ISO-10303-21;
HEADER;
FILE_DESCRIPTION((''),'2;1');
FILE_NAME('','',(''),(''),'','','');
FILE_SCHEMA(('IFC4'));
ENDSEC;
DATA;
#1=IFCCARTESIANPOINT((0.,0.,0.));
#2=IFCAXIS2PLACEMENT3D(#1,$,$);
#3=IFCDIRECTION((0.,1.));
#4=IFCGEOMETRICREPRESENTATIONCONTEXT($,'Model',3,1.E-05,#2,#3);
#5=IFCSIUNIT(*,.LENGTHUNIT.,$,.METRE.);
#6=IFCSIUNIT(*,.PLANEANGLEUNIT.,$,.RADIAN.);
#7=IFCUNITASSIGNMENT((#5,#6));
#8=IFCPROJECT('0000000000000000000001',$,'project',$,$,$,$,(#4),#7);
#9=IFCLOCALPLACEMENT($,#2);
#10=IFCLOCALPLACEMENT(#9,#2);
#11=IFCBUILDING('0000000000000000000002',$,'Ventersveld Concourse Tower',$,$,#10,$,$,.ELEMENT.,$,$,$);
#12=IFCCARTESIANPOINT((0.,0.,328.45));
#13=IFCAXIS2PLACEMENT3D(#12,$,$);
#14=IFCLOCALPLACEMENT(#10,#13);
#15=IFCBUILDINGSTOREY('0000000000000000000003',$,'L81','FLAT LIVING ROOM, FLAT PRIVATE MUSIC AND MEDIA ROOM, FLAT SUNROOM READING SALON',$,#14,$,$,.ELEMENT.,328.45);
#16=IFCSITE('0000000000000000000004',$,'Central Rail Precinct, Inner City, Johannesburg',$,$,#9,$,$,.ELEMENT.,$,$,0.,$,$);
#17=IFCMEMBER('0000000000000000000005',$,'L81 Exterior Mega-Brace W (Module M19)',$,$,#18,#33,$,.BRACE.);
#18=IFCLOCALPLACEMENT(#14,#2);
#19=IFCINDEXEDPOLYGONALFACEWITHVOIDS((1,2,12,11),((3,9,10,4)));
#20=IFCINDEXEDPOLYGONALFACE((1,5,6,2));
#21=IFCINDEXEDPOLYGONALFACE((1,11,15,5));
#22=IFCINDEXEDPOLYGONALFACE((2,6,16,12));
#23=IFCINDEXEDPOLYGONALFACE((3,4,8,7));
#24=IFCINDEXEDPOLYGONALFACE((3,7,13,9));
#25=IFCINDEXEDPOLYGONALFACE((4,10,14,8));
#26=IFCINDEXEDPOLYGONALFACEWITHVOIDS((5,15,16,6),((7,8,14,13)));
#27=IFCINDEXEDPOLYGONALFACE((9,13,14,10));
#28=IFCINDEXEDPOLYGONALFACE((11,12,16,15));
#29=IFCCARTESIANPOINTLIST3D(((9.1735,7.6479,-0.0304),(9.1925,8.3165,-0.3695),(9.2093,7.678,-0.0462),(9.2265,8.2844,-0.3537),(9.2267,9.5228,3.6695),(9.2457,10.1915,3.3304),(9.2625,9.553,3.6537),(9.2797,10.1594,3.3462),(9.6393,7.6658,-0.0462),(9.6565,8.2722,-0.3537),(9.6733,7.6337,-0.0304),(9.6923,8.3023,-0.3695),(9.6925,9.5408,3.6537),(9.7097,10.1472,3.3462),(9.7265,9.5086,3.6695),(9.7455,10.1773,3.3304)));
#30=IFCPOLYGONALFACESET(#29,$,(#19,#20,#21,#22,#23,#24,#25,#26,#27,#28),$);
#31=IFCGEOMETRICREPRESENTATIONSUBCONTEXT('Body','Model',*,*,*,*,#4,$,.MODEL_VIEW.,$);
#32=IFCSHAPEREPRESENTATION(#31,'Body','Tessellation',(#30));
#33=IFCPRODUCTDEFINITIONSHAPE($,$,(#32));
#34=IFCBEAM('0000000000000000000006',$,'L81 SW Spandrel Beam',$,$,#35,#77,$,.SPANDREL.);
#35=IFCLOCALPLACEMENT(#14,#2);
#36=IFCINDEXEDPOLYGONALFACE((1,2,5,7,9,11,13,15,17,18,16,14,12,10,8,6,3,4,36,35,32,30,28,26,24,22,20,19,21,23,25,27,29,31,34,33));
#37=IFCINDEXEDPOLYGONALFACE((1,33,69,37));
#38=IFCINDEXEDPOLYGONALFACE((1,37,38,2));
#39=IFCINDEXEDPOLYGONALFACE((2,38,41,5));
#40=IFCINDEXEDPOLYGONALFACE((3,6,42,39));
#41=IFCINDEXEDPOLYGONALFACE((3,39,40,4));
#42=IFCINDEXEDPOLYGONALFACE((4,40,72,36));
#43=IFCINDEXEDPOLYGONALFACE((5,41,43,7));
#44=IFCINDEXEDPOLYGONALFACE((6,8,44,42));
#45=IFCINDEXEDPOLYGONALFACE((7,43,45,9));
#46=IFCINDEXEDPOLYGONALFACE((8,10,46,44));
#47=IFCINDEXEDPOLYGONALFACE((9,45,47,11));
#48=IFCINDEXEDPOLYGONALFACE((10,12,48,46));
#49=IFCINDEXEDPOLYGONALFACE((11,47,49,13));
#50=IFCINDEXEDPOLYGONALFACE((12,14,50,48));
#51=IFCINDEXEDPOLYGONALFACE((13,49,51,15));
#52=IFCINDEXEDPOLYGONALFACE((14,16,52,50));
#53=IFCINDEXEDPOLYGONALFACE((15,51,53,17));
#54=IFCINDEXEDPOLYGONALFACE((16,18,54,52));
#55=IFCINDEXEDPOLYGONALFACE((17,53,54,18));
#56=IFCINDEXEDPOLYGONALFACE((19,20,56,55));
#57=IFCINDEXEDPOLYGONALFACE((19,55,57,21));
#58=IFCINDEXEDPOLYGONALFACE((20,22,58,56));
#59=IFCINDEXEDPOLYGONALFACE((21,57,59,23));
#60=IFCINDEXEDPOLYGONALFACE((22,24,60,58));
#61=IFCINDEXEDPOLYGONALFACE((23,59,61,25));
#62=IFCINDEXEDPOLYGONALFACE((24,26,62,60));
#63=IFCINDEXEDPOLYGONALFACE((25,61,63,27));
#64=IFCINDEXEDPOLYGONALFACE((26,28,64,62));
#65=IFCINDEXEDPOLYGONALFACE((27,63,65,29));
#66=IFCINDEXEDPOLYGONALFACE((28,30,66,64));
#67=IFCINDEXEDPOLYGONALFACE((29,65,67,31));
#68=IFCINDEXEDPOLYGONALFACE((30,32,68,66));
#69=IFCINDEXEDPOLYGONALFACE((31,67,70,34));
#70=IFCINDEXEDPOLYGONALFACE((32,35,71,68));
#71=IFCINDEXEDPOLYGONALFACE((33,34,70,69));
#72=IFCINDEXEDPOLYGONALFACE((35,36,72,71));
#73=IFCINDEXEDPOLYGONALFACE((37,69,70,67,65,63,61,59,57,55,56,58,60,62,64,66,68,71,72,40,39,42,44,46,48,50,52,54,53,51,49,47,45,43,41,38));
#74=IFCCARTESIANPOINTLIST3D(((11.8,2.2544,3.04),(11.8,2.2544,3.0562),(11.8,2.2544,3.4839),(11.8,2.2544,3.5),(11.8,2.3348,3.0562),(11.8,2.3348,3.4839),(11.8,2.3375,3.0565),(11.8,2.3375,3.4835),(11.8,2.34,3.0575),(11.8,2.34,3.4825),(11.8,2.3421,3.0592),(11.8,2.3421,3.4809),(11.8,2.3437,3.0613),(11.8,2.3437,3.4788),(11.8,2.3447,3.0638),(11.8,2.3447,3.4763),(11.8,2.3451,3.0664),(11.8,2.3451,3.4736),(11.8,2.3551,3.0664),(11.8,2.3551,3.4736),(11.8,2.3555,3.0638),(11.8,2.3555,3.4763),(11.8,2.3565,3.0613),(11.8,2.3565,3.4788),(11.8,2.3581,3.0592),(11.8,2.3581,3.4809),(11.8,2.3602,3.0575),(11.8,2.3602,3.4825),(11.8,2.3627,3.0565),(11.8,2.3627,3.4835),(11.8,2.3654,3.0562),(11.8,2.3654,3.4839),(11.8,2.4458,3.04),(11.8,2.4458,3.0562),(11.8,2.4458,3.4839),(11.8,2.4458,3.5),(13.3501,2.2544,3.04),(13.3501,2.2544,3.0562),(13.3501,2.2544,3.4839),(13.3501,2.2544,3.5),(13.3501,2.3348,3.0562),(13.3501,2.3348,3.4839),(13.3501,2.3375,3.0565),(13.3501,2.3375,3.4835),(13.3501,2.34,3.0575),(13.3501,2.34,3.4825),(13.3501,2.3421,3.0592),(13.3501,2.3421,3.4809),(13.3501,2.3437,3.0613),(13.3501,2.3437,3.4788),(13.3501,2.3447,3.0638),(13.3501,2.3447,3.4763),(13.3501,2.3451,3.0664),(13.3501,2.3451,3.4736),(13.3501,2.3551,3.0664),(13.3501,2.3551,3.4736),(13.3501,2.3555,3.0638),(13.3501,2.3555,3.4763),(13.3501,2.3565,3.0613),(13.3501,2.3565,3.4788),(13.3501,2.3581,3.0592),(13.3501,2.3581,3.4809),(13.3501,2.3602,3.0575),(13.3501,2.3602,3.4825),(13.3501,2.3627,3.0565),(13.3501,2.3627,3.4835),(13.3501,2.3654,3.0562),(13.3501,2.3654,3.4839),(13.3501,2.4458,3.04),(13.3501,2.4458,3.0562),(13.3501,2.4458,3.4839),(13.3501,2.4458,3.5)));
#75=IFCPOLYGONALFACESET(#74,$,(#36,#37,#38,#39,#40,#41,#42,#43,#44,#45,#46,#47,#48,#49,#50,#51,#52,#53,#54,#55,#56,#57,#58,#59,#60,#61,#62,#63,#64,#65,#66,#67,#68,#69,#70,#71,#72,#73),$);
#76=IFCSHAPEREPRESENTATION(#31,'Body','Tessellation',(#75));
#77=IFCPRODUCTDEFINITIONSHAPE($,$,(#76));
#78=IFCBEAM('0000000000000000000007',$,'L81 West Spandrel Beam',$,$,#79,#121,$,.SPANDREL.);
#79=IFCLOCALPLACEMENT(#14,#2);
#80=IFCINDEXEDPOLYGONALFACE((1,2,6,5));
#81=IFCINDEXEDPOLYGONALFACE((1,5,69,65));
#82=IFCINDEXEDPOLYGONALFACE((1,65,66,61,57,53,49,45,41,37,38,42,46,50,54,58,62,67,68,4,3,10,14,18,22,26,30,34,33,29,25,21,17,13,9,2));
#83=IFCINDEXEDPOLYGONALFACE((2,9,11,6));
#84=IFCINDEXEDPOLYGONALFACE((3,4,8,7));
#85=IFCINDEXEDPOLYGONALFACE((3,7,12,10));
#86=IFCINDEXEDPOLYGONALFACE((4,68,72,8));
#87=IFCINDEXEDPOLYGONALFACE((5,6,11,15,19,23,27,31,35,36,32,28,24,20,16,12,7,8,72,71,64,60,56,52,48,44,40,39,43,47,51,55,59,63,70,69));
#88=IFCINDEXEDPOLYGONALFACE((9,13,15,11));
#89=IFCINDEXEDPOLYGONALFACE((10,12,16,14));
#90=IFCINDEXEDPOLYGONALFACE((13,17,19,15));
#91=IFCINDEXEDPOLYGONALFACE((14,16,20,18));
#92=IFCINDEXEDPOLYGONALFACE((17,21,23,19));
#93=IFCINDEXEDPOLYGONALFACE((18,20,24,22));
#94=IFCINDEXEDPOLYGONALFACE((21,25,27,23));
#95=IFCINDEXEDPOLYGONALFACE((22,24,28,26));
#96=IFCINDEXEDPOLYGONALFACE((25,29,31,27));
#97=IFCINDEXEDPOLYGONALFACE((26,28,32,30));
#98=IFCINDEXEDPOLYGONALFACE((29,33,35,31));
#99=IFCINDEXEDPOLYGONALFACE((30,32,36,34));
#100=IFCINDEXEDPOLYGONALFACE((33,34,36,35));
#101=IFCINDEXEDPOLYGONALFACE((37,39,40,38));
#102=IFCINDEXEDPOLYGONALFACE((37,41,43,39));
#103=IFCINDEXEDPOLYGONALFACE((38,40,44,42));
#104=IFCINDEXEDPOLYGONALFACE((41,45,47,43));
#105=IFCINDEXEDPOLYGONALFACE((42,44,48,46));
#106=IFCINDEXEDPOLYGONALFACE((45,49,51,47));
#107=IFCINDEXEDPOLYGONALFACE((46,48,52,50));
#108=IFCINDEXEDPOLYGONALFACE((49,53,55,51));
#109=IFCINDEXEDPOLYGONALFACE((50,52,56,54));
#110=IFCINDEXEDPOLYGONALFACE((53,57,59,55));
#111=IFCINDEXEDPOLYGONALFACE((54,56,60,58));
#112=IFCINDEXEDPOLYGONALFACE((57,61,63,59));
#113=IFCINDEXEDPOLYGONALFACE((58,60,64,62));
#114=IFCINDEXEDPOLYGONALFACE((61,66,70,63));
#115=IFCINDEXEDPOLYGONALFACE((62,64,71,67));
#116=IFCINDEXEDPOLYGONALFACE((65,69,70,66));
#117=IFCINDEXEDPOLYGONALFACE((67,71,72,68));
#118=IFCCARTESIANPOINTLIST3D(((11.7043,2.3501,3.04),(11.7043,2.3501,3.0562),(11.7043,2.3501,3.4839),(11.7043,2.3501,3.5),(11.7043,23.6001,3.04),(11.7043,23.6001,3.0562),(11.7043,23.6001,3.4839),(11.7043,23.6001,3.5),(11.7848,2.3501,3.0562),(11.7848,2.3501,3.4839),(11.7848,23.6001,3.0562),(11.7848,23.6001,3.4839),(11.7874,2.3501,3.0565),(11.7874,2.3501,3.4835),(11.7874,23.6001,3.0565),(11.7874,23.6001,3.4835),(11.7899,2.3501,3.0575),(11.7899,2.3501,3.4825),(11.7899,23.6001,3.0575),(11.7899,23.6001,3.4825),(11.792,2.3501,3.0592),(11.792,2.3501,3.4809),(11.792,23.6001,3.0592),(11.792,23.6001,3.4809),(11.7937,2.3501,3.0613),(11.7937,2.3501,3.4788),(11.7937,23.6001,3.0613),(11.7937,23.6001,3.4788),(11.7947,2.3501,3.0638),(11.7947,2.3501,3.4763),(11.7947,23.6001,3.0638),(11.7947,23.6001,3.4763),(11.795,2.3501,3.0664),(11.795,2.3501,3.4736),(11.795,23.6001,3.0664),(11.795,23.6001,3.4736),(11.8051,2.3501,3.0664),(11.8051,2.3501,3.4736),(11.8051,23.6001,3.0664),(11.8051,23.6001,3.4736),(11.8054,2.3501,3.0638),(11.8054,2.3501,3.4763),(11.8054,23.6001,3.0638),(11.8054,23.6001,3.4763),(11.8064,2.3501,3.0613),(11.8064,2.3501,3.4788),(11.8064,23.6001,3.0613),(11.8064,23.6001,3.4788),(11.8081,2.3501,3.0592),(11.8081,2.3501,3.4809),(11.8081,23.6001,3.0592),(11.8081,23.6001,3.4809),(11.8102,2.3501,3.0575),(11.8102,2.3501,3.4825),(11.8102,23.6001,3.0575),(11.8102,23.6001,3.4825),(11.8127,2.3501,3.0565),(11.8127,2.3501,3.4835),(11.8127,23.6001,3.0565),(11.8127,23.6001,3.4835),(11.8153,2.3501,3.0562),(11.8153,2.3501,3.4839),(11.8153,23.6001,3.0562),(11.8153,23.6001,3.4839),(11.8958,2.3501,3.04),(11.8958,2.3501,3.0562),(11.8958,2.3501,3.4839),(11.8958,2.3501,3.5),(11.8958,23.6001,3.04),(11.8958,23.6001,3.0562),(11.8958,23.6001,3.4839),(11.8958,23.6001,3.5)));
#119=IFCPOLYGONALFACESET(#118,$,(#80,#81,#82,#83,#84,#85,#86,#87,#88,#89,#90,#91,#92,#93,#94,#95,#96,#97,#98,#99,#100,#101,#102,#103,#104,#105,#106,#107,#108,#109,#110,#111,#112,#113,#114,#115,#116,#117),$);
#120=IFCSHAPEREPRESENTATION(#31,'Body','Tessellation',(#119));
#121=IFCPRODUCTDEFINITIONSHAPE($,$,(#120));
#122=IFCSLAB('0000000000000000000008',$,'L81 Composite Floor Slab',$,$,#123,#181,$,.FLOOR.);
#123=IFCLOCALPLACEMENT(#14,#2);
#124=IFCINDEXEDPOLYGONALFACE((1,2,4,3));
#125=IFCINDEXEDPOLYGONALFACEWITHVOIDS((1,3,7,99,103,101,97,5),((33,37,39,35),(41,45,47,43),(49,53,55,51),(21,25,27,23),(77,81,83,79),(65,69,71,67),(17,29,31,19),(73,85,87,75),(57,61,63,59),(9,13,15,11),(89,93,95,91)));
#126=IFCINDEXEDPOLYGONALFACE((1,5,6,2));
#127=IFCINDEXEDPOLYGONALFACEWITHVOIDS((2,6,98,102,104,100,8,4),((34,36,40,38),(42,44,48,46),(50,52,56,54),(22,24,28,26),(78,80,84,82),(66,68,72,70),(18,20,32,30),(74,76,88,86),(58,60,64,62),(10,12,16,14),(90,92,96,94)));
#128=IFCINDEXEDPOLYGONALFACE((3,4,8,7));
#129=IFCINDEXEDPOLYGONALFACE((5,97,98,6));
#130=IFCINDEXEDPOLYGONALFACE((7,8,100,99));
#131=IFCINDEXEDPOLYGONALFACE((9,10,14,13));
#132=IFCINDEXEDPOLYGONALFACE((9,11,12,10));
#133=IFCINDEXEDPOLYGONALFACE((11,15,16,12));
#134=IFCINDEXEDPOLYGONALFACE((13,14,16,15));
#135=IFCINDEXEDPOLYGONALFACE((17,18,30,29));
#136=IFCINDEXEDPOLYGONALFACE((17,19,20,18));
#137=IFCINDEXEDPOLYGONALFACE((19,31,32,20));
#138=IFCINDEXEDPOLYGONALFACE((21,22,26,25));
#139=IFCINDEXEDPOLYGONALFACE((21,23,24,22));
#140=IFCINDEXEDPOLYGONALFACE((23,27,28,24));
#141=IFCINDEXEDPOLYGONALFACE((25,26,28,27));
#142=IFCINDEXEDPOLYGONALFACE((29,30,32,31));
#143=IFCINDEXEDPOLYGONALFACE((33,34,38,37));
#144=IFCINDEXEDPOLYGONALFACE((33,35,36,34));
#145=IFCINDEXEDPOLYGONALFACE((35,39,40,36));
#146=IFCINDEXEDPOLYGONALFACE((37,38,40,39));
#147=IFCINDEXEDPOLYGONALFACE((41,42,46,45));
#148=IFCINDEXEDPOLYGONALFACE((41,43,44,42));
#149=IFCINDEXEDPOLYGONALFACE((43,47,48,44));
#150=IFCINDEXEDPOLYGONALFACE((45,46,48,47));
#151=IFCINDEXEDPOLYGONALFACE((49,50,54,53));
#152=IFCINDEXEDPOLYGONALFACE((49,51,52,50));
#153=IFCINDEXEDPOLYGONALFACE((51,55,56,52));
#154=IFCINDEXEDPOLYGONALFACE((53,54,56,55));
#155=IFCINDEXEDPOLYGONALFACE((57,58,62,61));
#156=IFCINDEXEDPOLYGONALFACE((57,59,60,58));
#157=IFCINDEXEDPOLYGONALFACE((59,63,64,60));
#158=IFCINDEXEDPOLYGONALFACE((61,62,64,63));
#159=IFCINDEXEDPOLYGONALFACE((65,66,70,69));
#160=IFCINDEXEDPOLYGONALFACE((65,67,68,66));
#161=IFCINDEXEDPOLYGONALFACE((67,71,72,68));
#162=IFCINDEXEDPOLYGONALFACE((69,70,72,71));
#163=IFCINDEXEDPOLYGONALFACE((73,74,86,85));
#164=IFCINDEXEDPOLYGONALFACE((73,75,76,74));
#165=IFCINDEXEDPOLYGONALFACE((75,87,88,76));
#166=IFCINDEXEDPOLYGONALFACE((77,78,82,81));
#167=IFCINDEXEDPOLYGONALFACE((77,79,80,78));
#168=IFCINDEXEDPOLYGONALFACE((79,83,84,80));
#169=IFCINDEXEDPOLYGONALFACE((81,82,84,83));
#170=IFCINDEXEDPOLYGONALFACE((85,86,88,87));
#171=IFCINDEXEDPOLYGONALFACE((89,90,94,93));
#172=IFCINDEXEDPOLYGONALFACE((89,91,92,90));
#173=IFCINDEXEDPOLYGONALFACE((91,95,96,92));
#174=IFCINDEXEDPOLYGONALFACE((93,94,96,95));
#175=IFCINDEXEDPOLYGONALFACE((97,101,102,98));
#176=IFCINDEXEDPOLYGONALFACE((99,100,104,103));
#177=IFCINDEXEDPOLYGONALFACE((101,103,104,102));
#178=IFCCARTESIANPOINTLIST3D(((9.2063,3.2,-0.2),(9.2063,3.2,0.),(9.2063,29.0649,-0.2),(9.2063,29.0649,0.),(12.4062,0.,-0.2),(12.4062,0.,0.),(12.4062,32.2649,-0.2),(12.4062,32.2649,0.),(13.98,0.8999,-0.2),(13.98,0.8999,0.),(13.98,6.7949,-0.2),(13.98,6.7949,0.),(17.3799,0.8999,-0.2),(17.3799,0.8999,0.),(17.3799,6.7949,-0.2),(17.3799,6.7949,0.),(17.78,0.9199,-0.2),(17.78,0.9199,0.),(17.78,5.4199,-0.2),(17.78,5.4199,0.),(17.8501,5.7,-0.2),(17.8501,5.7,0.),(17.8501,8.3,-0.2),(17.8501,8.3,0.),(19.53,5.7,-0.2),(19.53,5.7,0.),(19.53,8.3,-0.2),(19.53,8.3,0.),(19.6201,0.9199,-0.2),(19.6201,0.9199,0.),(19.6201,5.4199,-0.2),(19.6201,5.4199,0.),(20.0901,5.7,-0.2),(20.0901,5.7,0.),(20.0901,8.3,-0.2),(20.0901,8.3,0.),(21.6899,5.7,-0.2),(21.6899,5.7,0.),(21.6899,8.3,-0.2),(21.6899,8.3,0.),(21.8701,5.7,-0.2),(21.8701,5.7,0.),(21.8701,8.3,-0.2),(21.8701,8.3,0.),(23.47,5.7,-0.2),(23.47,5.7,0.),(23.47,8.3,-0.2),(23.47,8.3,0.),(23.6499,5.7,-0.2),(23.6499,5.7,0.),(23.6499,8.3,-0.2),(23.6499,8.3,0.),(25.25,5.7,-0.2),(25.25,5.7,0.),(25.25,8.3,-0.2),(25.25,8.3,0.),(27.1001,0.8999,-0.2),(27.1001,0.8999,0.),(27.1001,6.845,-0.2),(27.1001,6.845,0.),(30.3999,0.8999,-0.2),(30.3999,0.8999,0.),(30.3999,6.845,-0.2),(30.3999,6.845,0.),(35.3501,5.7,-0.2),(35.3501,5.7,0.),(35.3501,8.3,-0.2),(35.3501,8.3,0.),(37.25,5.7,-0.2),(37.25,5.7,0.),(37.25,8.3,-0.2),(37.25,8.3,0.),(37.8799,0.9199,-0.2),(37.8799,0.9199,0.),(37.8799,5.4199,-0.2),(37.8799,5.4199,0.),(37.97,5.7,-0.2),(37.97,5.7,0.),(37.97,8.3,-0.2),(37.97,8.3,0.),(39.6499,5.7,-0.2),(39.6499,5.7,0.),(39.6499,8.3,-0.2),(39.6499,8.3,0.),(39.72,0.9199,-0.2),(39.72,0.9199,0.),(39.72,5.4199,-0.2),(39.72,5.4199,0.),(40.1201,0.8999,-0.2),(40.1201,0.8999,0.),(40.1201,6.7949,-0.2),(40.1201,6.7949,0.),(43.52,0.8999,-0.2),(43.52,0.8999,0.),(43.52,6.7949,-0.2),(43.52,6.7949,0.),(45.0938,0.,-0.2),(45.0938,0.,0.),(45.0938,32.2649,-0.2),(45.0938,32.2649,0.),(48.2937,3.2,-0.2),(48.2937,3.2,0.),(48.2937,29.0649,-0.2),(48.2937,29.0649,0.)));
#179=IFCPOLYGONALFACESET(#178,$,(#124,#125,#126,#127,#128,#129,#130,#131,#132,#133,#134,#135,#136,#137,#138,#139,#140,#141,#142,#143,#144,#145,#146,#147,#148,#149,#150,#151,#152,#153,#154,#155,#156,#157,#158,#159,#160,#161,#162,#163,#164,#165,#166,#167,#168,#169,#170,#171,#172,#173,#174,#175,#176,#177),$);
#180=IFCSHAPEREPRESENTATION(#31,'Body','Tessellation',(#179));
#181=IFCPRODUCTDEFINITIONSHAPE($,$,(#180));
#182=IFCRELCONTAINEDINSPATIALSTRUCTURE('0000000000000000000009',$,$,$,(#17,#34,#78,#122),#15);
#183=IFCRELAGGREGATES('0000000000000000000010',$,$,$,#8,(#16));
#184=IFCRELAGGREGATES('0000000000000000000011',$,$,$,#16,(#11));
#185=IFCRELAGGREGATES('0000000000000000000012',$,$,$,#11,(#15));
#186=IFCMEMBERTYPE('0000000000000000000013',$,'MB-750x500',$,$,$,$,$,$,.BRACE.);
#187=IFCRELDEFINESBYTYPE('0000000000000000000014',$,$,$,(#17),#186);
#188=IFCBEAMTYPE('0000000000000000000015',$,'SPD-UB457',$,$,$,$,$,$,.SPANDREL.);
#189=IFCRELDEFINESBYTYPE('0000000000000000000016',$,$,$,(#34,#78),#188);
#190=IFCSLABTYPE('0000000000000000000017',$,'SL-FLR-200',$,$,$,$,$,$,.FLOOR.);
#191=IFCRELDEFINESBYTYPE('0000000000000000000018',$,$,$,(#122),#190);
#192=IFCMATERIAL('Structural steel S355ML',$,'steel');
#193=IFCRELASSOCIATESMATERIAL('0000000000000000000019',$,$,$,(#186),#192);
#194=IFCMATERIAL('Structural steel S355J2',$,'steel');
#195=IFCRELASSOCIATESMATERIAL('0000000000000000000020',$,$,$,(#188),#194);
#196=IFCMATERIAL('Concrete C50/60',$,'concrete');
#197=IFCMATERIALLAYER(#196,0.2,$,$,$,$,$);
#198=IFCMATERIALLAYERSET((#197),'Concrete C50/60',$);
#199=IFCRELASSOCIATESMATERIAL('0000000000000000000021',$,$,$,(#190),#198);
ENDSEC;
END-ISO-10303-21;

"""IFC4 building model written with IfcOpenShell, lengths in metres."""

from ifc_helpers import new_model, si_unit, direction, frame, origin, origin_2d, place, context, subcontext, project, spatial, polyline, hollow_rectangle, i_section, outline, extrude, material, layer, layer_set, material_profile, profile_set, type_object, element, save


model = new_model("IFC4")

# Units and contexts
model_context = context("Model", 3, precision=1e-05, world=origin(), true_north=direction((0.0, 1.0)))
body_context = subcontext(model_context, "Body", "Model", "MODEL_VIEW")
ifc_project = project(units=[si_unit("LENGTHUNIT", "METRE"), si_unit("PLANEANGLEUNIT", "RADIAN")], contexts=[model_context])

# Site, building, storey
site_placement = place(None, origin())
site = spatial("IfcSite", under=ifc_project, at=site_placement, Name="Central Rail Precinct, Inner City, Johannesburg", CompositionType="ELEMENT", RefElevation=0.0)
building_placement = place(site_placement, origin())
building = spatial("IfcBuilding", under=site, at=building_placement, Name="Ventersveld Concourse Tower", CompositionType="ELEMENT")
storey_placement = place(building_placement, frame((0.0, 0.0, 328.45)))
storey = spatial("IfcBuildingStorey", under=building, at=storey_placement, Name="L81", Description="FLAT LIVING ROOM, FLAT PRIVATE MUSIC AND MEDIA ROOM, FLAT SUNROOM READING SALON", CompositionType="ELEMENT", Elevation=328.45)

# Shared definitions
ifc_material_1 = material(Name="Concrete C50/60", Category="concrete")

# Shared definitions
ifc_material_2 = material(Name="Structural steel S355J2", Category="steel")

# Member
ifc_material_3 = material(Name="Structural steel S355ML", Category="steel")
ifc_material_profile_1 = material_profile(ifc_material_3, hollow_rectangle(XDim=0.5, YDim=0.75, WallThickness=0.0349, at=origin_2d()), Name="BOX 750x500x35")
ifc_profile_set_1 = profile_set([ifc_material_profile_1], Name="Structural steel S355ML")
member_type = type_object("IfcMemberType", Name="MB-750x500", PredefinedType="BRACE", material=ifc_profile_set_1)
member_placement = place(storey_placement, frame((9.4329, 7.9751, -0.2), z_axis=(0.01283, 0.451996, 0.891928), x_axis=(-0.999597, 0.028374, 0.0)))
element("IfcMember", 1, at=member_placement, inside=storey, type_object=member_type, Name="L81 Exterior Mega-Brace W (Module M19)", PredefinedType="BRACE", context=body_context, shape_type="SweptSolid", body=[
    extrude(hollow_rectangle(XDim=0.5, YDim=0.75, WallThickness=0.0349, at=origin_2d()), origin(), (0.0, 0.0, 1.0), 4.1482),
])

# Beams
ifc_material_profile_2 = material_profile(ifc_material_2, i_section(OverallWidth=0.1914, OverallDepth=0.46, WebThickness=0.01, FlangeThickness=0.0161, FilletRadius=0.0103, at=origin_2d()), Name="UB 457x191x82")
ifc_profile_set_2 = profile_set([ifc_material_profile_2], Name="Structural steel S355J2")
beam_type_1 = type_object("IfcBeamType", Name="SPD-UB457", PredefinedType="SPANDREL", material=ifc_profile_set_2)
beam_1_placement = place(storey_placement, frame((11.8, 2.3501, 3.27), z_axis=(1.0, 0.0, 0.0), x_axis=(0.0, 1.0, 0.0)))
element("IfcBeam", 2, at=beam_1_placement, inside=storey, type_object=beam_type_1, Name="L81 SW Spandrel Beam", PredefinedType="SPANDREL", context=body_context, shape_type="SweptSolid", body=[
    extrude(i_section(OverallWidth=0.1914, OverallDepth=0.46, WebThickness=0.01, FlangeThickness=0.0161, FilletRadius=0.0103, at=origin_2d()), origin(), (0.0, 0.0, 1.0), 1.55),
])
beam_2_placement = place(storey_placement, frame((11.8, 2.3501, 3.27), z_axis=(0.0, 1.0, 0.0), x_axis=(-1.0, 0.0, 0.0)))
element("IfcBeam", 3, at=beam_2_placement, inside=storey, type_object=beam_type_1, Name="L81 West Spandrel Beam", PredefinedType="SPANDREL", context=body_context, shape_type="SweptSolid", body=[
    extrude(i_section(OverallWidth=0.1914, OverallDepth=0.46, WebThickness=0.01, FlangeThickness=0.0161, FilletRadius=0.0103, at=origin_2d()), origin(), (0.0, 0.0, 1.0), 21.25),
])

# Slab
ifc_layer_1 = layer(ifc_material_1, 0.2)
ifc_layer_set_1 = layer_set([ifc_layer_1], Name="Concrete C50/60")
slab_type_1 = type_object("IfcSlabType", Name="SL-FLR-200", PredefinedType="FLOOR", material=ifc_layer_set_1)
slab_1_placement = place(storey_placement, frame((0.0, 0.0, -0.2)))
element("IfcSlab", 4, at=slab_1_placement, inside=storey, type_object=slab_type_1, Name="L81 Composite Floor Slab", PredefinedType="FLOOR", context=body_context, shape_type="SweptSolid", body=[
    extrude(outline(polyline([(12.4062, 0.0), (45.0938, 0.0), (48.2937, 3.2), (48.2937, 29.0649), (45.0938, 32.2649), (12.4062, 32.2649), (9.2063, 29.0649), (9.2063, 3.2), (12.4062, 0.0)]), holes=[polyline([(13.98, 6.7949), (13.98, 0.8999), (17.3799, 0.8999), (17.3799, 6.7949), (13.98, 6.7949)]), polyline([(40.1201, 6.7949), (40.1201, 0.8999), (43.52, 0.8999), (43.52, 6.7949), (40.1201, 6.7949)]), polyline([(27.1001, 6.845), (27.1001, 0.8999), (30.3999, 0.8999), (30.3999, 6.845), (27.1001, 6.845)]), polyline([(17.8501, 5.7), (19.53, 5.7), (19.53, 8.3), (17.8501, 8.3), (17.8501, 5.7)]), polyline([(37.97, 5.7), (39.6499, 5.7), (39.6499, 8.3), (37.97, 8.3), (37.97, 5.7)]), polyline([(35.3501, 5.7), (37.25, 5.7), (37.25, 8.3), (35.3501, 8.3), (35.3501, 5.7)]), polyline([(20.0901, 5.7), (21.6899, 5.7), (21.6899, 8.3), (20.0901, 8.3), (20.0901, 5.7)]), polyline([(21.8701, 5.7), (23.47, 5.7), (23.47, 8.3), (21.8701, 8.3), (21.8701, 5.7)]), polyline([(23.6499, 5.7), (25.25, 5.7), (25.25, 8.3), (23.6499, 8.3), (23.6499, 5.7)]), polyline([(17.78, 0.9199), (19.6201, 0.9199), (19.6201, 5.4199), (17.78, 5.4199), (17.78, 0.9199)]), polyline([(37.8799, 0.9199), (39.72, 0.9199), (39.72, 5.4199), (37.8799, 5.4199), (37.8799, 0.9199)])]), origin(), (0.0, 0.0, 1.0), 0.2),
])

save(model, "model.ifc")
